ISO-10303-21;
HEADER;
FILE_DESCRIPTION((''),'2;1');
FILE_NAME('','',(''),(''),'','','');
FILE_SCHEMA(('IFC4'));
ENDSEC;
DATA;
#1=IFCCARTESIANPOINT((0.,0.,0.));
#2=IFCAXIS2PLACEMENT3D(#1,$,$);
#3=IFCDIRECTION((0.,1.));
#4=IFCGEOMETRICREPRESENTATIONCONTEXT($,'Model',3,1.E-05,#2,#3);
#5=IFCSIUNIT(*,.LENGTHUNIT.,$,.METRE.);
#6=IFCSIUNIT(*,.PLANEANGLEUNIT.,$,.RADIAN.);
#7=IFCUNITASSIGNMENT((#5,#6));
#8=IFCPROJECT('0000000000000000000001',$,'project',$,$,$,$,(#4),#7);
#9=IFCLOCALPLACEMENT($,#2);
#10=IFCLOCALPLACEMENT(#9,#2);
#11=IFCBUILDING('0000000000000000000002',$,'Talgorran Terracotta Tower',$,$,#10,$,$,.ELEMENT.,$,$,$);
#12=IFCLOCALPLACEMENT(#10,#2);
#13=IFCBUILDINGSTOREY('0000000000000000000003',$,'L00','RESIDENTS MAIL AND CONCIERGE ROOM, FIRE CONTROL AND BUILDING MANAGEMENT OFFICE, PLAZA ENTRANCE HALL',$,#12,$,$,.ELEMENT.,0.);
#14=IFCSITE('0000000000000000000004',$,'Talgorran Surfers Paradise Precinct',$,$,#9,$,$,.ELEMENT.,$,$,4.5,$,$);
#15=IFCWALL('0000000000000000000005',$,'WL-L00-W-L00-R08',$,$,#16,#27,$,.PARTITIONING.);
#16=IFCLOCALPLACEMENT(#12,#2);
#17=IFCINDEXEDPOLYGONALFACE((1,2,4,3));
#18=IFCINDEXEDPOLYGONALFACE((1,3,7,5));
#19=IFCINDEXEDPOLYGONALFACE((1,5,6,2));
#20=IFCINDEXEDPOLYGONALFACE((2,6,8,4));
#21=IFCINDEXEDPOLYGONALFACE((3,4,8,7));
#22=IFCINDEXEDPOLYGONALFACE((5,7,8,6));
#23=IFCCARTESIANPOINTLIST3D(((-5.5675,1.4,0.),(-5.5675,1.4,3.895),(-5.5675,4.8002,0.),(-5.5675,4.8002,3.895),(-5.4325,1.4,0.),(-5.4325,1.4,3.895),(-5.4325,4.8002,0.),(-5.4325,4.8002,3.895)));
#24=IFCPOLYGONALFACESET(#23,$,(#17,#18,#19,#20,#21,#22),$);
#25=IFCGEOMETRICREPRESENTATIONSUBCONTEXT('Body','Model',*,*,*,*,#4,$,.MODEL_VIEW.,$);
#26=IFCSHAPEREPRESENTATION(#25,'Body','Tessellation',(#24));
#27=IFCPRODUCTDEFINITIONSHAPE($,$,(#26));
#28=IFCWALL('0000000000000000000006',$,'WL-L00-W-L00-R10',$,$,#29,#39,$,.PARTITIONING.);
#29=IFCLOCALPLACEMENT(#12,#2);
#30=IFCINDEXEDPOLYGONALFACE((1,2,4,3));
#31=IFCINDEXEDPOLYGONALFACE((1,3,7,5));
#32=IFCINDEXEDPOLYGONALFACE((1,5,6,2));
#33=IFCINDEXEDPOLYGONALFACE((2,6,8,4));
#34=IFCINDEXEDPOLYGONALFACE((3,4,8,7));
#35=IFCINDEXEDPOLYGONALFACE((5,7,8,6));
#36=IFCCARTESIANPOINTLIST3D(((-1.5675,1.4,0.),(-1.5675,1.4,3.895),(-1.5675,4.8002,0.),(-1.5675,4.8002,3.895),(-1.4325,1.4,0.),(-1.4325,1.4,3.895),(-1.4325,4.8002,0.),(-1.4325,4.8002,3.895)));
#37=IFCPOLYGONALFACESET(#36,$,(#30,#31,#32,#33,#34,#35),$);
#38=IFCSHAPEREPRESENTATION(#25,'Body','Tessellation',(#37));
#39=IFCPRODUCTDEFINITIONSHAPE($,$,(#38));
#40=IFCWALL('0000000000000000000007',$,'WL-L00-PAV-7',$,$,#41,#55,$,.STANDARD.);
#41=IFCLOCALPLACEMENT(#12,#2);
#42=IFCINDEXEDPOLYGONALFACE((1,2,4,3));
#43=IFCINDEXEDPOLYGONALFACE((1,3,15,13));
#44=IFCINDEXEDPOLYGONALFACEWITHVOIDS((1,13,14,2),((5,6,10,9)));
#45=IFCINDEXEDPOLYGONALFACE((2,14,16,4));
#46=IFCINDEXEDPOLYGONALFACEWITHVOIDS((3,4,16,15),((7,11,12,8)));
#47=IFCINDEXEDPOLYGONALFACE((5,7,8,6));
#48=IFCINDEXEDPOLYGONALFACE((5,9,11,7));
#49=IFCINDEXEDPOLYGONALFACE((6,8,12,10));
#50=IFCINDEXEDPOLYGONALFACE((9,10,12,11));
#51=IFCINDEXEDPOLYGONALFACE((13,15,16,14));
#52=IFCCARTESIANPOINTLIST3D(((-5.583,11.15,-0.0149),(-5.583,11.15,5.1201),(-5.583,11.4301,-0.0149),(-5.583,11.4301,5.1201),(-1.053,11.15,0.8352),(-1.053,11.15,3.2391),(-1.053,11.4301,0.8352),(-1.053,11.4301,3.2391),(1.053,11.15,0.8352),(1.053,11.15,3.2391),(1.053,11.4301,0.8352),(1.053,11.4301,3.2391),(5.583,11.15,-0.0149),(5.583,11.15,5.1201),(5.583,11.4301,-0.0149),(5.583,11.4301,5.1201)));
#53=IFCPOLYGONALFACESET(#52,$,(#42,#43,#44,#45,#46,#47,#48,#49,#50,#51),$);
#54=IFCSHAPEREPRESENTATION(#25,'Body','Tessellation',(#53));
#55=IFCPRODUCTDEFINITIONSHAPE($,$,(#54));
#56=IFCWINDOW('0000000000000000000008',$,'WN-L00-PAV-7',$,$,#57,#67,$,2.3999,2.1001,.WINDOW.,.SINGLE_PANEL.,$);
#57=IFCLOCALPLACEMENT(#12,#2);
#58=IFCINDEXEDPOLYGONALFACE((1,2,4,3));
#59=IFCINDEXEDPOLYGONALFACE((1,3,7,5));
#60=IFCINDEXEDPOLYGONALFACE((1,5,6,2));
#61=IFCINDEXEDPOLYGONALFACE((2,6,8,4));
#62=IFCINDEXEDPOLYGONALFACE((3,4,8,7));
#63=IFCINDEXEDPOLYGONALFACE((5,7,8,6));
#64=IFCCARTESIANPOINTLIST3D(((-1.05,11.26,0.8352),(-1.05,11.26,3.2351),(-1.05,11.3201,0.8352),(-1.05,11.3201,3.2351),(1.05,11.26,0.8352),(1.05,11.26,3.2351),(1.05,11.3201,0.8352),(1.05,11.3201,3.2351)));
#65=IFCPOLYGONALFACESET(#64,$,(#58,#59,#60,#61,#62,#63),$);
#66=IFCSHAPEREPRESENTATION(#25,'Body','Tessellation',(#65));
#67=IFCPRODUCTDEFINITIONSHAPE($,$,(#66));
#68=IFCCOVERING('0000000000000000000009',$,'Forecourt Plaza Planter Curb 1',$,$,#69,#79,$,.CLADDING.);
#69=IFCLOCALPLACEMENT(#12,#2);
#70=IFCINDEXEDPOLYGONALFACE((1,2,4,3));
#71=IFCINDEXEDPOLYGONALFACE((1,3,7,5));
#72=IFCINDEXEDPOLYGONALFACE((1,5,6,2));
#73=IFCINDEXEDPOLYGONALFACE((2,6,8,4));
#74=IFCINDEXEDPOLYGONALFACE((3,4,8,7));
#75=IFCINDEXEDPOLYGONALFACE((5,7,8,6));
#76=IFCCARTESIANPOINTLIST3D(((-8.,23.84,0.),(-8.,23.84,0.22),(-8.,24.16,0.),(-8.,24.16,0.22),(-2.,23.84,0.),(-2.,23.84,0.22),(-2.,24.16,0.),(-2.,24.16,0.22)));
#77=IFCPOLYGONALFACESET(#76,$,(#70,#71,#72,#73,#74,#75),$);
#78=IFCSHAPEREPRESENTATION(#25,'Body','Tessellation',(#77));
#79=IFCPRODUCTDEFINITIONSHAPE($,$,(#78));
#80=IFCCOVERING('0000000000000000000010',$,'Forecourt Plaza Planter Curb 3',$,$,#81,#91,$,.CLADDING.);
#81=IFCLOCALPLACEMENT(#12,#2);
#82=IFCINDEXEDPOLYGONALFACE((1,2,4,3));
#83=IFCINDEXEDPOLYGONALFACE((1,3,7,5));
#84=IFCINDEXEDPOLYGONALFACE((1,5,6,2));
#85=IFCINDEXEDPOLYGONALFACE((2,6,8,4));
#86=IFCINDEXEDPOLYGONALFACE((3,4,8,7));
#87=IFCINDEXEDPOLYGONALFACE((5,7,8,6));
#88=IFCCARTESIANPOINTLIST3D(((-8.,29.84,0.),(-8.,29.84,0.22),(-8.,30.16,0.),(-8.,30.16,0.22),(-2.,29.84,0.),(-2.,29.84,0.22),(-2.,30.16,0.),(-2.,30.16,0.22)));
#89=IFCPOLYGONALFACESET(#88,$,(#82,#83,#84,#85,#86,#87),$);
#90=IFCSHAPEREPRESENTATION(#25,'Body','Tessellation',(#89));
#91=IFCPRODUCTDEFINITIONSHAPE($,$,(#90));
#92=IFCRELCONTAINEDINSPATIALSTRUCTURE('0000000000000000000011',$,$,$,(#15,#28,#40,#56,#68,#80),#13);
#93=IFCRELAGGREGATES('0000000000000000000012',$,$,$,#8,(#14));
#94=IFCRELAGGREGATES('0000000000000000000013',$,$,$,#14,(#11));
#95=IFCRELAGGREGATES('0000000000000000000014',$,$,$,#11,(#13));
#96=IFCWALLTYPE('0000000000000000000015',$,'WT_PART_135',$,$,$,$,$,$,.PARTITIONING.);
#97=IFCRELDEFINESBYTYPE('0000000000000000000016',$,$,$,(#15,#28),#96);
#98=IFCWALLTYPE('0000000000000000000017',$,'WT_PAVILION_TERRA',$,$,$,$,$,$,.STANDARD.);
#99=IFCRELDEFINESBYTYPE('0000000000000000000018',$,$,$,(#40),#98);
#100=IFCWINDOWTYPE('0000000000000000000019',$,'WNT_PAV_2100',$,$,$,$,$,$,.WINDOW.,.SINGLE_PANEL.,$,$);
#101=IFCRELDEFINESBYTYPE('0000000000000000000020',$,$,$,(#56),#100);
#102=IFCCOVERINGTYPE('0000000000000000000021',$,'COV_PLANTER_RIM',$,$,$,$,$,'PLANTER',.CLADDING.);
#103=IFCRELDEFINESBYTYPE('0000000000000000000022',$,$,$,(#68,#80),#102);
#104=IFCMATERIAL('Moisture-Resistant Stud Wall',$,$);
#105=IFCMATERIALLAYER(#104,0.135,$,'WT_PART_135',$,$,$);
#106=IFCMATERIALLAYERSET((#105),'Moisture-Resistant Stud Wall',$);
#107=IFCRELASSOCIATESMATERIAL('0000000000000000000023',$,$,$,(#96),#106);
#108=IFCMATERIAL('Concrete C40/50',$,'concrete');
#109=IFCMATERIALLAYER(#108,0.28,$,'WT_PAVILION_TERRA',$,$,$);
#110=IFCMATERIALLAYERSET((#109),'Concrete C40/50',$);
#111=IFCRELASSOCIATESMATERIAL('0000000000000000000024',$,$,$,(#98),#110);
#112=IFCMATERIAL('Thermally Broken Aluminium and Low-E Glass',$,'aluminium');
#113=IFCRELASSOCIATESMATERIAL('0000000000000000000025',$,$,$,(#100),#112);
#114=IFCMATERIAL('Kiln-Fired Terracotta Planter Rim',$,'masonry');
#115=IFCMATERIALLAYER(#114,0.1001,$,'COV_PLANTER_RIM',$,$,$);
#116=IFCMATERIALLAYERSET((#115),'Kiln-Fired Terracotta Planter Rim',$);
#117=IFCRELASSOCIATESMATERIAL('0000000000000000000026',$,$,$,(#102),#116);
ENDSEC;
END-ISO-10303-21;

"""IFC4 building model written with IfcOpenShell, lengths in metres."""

from ifc_helpers import new_model, si_unit, direction, frame, frame_2d, origin, origin_2d, place, context, subcontext, project, spatial, rectangle, extrude, material, layer, layer_set, type_object, element, fill, save


model = new_model("IFC4")

# Units and contexts
model_context = context("Model", 3, precision=1e-05, world=origin(), true_north=direction((0.0, 1.0)))
body_context = subcontext(model_context, "Body", "Model", "MODEL_VIEW")
ifc_project = project(units=[si_unit("LENGTHUNIT", "METRE"), si_unit("PLANEANGLEUNIT", "RADIAN")], contexts=[model_context])

# Site, building, storey
site_placement = place(None, origin())
site = spatial("IfcSite", under=ifc_project, at=site_placement, Name="Talgorran Surfers Paradise Precinct", CompositionType="ELEMENT", RefElevation=4.5)
building_placement = place(site_placement, origin())
building = spatial("IfcBuilding", under=site, at=building_placement, Name="Talgorran Terracotta Tower", CompositionType="ELEMENT")
storey_placement = place(building_placement, origin())
storey = spatial("IfcBuildingStorey", under=building, at=storey_placement, Name="L00", Description="RESIDENTS MAIL AND CONCIERGE ROOM, FIRE CONTROL AND BUILDING MANAGEMENT OFFICE, PLAZA ENTRANCE HALL", CompositionType="ELEMENT", Elevation=0.0)

# Walls
ifc_material_1 = material(Name="Moisture-Resistant Stud Wall")
ifc_layer_1 = layer(ifc_material_1, 0.135, Name="WT_PART_135")
ifc_layer_set_1 = layer_set([ifc_layer_1], Name="Moisture-Resistant Stud Wall")
wall_type_1 = type_object("IfcWallType", Name="WT_PART_135", PredefinedType="PARTITIONING", material=ifc_layer_set_1)
for number, where, z_axis, x_axis, name in (
    (1, (-5.5, 1.3999, 0.0), (0.0, 0.0, 1.0), (0.0, 1.0, 0.0), "WL-L00-W-L00-R08"),
    (2, (-1.5, 1.3999, 0.0), (0.0, 0.0, 1.0), (0.0, 1.0, 0.0), "WL-L00-W-L00-R10"),
):
    element("IfcWall", number, at=place(storey_placement, frame(where, z_axis=z_axis, x_axis=x_axis)), inside=storey, type_object=wall_type_1, Name=name, PredefinedType="PARTITIONING", context=body_context, shape_type="SweptSolid", body=[
        extrude(rectangle(XDim=3.4001, YDim=0.135, at=frame_2d((1.7002, 0.0))), origin(), (0.0, 0.0, 1.0), 3.895),
    ])

# Wall, opening, window
ifc_material_2 = material(Name="Concrete C40/50", Category="concrete")
ifc_layer_2 = layer(ifc_material_2, 0.28, Name="WT_PAVILION_TERRA")
ifc_layer_set_2 = layer_set([ifc_layer_2], Name="Concrete C40/50")
wall_type_2 = type_object("IfcWallType", Name="WT_PAVILION_TERRA", PredefinedType="STANDARD", material=ifc_layer_set_2)
wall_1_placement = place(storey_placement, frame((-5.583, 11.29, -0.0149), z_axis=(0.0, 0.0, 1.0), x_axis=(1.0, 0.0, 0.0)))
wall_1 = element("IfcWall", 3, at=wall_1_placement, inside=storey, type_object=wall_type_2, Name="WL-L00-PAV-7", PredefinedType="STANDARD", context=body_context, shape_type="SweptSolid", body=[
    extrude(rectangle(XDim=11.166, YDim=0.28, at=frame_2d((5.583, 0.0))), origin(), (0.0, 0.0, 1.0), 5.135),
])
opening_1_placement = place(wall_1_placement, frame((4.533, 0.0, 0.8501)))
opening_1 = element("IfcOpeningElement", 4, at=opening_1_placement, cuts=wall_1, PredefinedType="OPENING", context=body_context, shape_type="SweptSolid", body=[
    extrude(rectangle(XDim=2.1061, YDim=2.4039, at=frame_2d((1.05, 1.2019))), frame((0.0, 0.1499, 0.0), z_axis=(0.0, -1.0, 0.0), x_axis=(1.0, 0.0, 0.0)), (0.0, 0.0, 1.0), 0.3),
])
ifc_material_3 = material(Name="Thermally Broken Aluminium and Low-E Glass", Category="aluminium")
window_type = type_object("IfcWindowType", Name="WNT_PAV_2100", PartitioningType="SINGLE_PANEL", PredefinedType="WINDOW", material=ifc_material_3)
window_placement = place(opening_1_placement, origin())
window = element("IfcWindow", 5, at=window_placement, inside=storey, type_object=window_type, Name="WN-L00-PAV-7", OverallHeight=2.3999, OverallWidth=2.1001, PartitioningType="SINGLE_PANEL", PredefinedType="WINDOW", context=body_context, shape_type="SweptSolid", body=[
    extrude(rectangle(XDim=2.1001, YDim=2.3999, at=frame_2d((1.05, 1.2))), frame((0.0, 0.03, 0.0), z_axis=(0.0, -1.0, 0.0), x_axis=(1.0, 0.0, 0.0)), (0.0, 0.0, 1.0), 0.0601),
])
fill(opening_1, window)

# Coverings
ifc_material_4 = material(Name="Kiln-Fired Terracotta Planter Rim", Category="masonry")
ifc_layer_3 = layer(ifc_material_4, 0.1001, Name="COV_PLANTER_RIM")
ifc_layer_set_3 = layer_set([ifc_layer_3], Name="Kiln-Fired Terracotta Planter Rim")
covering_type = type_object("IfcCoveringType", Name="COV_PLANTER_RIM", ElementType="PLANTER", PredefinedType="CLADDING", material=ifc_layer_set_3)
for number, where, z_axis, x_axis, name in (
    (6, (-5.0, 24.0, 0.0), (0.0, 0.0, 1.0), (1.0, 0.0, 0.0), "Forecourt Plaza Planter Curb 1"),
    (7, (-5.0, 30.0, 0.0), (0.0, 0.0, 1.0), (1.0, 0.0, 0.0), "Forecourt Plaza Planter Curb 3"),
):
    element("IfcCovering", number, at=place(storey_placement, frame(where, z_axis=z_axis, x_axis=x_axis)), inside=storey, type_object=covering_type, Name=name, PredefinedType="CLADDING", context=body_context, shape_type="SweptSolid", body=[
        extrude(rectangle(XDim=6.0, YDim=0.3201, at=origin_2d()), origin(), (0.0, 0.0, 1.0), 0.22),
    ])

save(model, "model.ifc")
